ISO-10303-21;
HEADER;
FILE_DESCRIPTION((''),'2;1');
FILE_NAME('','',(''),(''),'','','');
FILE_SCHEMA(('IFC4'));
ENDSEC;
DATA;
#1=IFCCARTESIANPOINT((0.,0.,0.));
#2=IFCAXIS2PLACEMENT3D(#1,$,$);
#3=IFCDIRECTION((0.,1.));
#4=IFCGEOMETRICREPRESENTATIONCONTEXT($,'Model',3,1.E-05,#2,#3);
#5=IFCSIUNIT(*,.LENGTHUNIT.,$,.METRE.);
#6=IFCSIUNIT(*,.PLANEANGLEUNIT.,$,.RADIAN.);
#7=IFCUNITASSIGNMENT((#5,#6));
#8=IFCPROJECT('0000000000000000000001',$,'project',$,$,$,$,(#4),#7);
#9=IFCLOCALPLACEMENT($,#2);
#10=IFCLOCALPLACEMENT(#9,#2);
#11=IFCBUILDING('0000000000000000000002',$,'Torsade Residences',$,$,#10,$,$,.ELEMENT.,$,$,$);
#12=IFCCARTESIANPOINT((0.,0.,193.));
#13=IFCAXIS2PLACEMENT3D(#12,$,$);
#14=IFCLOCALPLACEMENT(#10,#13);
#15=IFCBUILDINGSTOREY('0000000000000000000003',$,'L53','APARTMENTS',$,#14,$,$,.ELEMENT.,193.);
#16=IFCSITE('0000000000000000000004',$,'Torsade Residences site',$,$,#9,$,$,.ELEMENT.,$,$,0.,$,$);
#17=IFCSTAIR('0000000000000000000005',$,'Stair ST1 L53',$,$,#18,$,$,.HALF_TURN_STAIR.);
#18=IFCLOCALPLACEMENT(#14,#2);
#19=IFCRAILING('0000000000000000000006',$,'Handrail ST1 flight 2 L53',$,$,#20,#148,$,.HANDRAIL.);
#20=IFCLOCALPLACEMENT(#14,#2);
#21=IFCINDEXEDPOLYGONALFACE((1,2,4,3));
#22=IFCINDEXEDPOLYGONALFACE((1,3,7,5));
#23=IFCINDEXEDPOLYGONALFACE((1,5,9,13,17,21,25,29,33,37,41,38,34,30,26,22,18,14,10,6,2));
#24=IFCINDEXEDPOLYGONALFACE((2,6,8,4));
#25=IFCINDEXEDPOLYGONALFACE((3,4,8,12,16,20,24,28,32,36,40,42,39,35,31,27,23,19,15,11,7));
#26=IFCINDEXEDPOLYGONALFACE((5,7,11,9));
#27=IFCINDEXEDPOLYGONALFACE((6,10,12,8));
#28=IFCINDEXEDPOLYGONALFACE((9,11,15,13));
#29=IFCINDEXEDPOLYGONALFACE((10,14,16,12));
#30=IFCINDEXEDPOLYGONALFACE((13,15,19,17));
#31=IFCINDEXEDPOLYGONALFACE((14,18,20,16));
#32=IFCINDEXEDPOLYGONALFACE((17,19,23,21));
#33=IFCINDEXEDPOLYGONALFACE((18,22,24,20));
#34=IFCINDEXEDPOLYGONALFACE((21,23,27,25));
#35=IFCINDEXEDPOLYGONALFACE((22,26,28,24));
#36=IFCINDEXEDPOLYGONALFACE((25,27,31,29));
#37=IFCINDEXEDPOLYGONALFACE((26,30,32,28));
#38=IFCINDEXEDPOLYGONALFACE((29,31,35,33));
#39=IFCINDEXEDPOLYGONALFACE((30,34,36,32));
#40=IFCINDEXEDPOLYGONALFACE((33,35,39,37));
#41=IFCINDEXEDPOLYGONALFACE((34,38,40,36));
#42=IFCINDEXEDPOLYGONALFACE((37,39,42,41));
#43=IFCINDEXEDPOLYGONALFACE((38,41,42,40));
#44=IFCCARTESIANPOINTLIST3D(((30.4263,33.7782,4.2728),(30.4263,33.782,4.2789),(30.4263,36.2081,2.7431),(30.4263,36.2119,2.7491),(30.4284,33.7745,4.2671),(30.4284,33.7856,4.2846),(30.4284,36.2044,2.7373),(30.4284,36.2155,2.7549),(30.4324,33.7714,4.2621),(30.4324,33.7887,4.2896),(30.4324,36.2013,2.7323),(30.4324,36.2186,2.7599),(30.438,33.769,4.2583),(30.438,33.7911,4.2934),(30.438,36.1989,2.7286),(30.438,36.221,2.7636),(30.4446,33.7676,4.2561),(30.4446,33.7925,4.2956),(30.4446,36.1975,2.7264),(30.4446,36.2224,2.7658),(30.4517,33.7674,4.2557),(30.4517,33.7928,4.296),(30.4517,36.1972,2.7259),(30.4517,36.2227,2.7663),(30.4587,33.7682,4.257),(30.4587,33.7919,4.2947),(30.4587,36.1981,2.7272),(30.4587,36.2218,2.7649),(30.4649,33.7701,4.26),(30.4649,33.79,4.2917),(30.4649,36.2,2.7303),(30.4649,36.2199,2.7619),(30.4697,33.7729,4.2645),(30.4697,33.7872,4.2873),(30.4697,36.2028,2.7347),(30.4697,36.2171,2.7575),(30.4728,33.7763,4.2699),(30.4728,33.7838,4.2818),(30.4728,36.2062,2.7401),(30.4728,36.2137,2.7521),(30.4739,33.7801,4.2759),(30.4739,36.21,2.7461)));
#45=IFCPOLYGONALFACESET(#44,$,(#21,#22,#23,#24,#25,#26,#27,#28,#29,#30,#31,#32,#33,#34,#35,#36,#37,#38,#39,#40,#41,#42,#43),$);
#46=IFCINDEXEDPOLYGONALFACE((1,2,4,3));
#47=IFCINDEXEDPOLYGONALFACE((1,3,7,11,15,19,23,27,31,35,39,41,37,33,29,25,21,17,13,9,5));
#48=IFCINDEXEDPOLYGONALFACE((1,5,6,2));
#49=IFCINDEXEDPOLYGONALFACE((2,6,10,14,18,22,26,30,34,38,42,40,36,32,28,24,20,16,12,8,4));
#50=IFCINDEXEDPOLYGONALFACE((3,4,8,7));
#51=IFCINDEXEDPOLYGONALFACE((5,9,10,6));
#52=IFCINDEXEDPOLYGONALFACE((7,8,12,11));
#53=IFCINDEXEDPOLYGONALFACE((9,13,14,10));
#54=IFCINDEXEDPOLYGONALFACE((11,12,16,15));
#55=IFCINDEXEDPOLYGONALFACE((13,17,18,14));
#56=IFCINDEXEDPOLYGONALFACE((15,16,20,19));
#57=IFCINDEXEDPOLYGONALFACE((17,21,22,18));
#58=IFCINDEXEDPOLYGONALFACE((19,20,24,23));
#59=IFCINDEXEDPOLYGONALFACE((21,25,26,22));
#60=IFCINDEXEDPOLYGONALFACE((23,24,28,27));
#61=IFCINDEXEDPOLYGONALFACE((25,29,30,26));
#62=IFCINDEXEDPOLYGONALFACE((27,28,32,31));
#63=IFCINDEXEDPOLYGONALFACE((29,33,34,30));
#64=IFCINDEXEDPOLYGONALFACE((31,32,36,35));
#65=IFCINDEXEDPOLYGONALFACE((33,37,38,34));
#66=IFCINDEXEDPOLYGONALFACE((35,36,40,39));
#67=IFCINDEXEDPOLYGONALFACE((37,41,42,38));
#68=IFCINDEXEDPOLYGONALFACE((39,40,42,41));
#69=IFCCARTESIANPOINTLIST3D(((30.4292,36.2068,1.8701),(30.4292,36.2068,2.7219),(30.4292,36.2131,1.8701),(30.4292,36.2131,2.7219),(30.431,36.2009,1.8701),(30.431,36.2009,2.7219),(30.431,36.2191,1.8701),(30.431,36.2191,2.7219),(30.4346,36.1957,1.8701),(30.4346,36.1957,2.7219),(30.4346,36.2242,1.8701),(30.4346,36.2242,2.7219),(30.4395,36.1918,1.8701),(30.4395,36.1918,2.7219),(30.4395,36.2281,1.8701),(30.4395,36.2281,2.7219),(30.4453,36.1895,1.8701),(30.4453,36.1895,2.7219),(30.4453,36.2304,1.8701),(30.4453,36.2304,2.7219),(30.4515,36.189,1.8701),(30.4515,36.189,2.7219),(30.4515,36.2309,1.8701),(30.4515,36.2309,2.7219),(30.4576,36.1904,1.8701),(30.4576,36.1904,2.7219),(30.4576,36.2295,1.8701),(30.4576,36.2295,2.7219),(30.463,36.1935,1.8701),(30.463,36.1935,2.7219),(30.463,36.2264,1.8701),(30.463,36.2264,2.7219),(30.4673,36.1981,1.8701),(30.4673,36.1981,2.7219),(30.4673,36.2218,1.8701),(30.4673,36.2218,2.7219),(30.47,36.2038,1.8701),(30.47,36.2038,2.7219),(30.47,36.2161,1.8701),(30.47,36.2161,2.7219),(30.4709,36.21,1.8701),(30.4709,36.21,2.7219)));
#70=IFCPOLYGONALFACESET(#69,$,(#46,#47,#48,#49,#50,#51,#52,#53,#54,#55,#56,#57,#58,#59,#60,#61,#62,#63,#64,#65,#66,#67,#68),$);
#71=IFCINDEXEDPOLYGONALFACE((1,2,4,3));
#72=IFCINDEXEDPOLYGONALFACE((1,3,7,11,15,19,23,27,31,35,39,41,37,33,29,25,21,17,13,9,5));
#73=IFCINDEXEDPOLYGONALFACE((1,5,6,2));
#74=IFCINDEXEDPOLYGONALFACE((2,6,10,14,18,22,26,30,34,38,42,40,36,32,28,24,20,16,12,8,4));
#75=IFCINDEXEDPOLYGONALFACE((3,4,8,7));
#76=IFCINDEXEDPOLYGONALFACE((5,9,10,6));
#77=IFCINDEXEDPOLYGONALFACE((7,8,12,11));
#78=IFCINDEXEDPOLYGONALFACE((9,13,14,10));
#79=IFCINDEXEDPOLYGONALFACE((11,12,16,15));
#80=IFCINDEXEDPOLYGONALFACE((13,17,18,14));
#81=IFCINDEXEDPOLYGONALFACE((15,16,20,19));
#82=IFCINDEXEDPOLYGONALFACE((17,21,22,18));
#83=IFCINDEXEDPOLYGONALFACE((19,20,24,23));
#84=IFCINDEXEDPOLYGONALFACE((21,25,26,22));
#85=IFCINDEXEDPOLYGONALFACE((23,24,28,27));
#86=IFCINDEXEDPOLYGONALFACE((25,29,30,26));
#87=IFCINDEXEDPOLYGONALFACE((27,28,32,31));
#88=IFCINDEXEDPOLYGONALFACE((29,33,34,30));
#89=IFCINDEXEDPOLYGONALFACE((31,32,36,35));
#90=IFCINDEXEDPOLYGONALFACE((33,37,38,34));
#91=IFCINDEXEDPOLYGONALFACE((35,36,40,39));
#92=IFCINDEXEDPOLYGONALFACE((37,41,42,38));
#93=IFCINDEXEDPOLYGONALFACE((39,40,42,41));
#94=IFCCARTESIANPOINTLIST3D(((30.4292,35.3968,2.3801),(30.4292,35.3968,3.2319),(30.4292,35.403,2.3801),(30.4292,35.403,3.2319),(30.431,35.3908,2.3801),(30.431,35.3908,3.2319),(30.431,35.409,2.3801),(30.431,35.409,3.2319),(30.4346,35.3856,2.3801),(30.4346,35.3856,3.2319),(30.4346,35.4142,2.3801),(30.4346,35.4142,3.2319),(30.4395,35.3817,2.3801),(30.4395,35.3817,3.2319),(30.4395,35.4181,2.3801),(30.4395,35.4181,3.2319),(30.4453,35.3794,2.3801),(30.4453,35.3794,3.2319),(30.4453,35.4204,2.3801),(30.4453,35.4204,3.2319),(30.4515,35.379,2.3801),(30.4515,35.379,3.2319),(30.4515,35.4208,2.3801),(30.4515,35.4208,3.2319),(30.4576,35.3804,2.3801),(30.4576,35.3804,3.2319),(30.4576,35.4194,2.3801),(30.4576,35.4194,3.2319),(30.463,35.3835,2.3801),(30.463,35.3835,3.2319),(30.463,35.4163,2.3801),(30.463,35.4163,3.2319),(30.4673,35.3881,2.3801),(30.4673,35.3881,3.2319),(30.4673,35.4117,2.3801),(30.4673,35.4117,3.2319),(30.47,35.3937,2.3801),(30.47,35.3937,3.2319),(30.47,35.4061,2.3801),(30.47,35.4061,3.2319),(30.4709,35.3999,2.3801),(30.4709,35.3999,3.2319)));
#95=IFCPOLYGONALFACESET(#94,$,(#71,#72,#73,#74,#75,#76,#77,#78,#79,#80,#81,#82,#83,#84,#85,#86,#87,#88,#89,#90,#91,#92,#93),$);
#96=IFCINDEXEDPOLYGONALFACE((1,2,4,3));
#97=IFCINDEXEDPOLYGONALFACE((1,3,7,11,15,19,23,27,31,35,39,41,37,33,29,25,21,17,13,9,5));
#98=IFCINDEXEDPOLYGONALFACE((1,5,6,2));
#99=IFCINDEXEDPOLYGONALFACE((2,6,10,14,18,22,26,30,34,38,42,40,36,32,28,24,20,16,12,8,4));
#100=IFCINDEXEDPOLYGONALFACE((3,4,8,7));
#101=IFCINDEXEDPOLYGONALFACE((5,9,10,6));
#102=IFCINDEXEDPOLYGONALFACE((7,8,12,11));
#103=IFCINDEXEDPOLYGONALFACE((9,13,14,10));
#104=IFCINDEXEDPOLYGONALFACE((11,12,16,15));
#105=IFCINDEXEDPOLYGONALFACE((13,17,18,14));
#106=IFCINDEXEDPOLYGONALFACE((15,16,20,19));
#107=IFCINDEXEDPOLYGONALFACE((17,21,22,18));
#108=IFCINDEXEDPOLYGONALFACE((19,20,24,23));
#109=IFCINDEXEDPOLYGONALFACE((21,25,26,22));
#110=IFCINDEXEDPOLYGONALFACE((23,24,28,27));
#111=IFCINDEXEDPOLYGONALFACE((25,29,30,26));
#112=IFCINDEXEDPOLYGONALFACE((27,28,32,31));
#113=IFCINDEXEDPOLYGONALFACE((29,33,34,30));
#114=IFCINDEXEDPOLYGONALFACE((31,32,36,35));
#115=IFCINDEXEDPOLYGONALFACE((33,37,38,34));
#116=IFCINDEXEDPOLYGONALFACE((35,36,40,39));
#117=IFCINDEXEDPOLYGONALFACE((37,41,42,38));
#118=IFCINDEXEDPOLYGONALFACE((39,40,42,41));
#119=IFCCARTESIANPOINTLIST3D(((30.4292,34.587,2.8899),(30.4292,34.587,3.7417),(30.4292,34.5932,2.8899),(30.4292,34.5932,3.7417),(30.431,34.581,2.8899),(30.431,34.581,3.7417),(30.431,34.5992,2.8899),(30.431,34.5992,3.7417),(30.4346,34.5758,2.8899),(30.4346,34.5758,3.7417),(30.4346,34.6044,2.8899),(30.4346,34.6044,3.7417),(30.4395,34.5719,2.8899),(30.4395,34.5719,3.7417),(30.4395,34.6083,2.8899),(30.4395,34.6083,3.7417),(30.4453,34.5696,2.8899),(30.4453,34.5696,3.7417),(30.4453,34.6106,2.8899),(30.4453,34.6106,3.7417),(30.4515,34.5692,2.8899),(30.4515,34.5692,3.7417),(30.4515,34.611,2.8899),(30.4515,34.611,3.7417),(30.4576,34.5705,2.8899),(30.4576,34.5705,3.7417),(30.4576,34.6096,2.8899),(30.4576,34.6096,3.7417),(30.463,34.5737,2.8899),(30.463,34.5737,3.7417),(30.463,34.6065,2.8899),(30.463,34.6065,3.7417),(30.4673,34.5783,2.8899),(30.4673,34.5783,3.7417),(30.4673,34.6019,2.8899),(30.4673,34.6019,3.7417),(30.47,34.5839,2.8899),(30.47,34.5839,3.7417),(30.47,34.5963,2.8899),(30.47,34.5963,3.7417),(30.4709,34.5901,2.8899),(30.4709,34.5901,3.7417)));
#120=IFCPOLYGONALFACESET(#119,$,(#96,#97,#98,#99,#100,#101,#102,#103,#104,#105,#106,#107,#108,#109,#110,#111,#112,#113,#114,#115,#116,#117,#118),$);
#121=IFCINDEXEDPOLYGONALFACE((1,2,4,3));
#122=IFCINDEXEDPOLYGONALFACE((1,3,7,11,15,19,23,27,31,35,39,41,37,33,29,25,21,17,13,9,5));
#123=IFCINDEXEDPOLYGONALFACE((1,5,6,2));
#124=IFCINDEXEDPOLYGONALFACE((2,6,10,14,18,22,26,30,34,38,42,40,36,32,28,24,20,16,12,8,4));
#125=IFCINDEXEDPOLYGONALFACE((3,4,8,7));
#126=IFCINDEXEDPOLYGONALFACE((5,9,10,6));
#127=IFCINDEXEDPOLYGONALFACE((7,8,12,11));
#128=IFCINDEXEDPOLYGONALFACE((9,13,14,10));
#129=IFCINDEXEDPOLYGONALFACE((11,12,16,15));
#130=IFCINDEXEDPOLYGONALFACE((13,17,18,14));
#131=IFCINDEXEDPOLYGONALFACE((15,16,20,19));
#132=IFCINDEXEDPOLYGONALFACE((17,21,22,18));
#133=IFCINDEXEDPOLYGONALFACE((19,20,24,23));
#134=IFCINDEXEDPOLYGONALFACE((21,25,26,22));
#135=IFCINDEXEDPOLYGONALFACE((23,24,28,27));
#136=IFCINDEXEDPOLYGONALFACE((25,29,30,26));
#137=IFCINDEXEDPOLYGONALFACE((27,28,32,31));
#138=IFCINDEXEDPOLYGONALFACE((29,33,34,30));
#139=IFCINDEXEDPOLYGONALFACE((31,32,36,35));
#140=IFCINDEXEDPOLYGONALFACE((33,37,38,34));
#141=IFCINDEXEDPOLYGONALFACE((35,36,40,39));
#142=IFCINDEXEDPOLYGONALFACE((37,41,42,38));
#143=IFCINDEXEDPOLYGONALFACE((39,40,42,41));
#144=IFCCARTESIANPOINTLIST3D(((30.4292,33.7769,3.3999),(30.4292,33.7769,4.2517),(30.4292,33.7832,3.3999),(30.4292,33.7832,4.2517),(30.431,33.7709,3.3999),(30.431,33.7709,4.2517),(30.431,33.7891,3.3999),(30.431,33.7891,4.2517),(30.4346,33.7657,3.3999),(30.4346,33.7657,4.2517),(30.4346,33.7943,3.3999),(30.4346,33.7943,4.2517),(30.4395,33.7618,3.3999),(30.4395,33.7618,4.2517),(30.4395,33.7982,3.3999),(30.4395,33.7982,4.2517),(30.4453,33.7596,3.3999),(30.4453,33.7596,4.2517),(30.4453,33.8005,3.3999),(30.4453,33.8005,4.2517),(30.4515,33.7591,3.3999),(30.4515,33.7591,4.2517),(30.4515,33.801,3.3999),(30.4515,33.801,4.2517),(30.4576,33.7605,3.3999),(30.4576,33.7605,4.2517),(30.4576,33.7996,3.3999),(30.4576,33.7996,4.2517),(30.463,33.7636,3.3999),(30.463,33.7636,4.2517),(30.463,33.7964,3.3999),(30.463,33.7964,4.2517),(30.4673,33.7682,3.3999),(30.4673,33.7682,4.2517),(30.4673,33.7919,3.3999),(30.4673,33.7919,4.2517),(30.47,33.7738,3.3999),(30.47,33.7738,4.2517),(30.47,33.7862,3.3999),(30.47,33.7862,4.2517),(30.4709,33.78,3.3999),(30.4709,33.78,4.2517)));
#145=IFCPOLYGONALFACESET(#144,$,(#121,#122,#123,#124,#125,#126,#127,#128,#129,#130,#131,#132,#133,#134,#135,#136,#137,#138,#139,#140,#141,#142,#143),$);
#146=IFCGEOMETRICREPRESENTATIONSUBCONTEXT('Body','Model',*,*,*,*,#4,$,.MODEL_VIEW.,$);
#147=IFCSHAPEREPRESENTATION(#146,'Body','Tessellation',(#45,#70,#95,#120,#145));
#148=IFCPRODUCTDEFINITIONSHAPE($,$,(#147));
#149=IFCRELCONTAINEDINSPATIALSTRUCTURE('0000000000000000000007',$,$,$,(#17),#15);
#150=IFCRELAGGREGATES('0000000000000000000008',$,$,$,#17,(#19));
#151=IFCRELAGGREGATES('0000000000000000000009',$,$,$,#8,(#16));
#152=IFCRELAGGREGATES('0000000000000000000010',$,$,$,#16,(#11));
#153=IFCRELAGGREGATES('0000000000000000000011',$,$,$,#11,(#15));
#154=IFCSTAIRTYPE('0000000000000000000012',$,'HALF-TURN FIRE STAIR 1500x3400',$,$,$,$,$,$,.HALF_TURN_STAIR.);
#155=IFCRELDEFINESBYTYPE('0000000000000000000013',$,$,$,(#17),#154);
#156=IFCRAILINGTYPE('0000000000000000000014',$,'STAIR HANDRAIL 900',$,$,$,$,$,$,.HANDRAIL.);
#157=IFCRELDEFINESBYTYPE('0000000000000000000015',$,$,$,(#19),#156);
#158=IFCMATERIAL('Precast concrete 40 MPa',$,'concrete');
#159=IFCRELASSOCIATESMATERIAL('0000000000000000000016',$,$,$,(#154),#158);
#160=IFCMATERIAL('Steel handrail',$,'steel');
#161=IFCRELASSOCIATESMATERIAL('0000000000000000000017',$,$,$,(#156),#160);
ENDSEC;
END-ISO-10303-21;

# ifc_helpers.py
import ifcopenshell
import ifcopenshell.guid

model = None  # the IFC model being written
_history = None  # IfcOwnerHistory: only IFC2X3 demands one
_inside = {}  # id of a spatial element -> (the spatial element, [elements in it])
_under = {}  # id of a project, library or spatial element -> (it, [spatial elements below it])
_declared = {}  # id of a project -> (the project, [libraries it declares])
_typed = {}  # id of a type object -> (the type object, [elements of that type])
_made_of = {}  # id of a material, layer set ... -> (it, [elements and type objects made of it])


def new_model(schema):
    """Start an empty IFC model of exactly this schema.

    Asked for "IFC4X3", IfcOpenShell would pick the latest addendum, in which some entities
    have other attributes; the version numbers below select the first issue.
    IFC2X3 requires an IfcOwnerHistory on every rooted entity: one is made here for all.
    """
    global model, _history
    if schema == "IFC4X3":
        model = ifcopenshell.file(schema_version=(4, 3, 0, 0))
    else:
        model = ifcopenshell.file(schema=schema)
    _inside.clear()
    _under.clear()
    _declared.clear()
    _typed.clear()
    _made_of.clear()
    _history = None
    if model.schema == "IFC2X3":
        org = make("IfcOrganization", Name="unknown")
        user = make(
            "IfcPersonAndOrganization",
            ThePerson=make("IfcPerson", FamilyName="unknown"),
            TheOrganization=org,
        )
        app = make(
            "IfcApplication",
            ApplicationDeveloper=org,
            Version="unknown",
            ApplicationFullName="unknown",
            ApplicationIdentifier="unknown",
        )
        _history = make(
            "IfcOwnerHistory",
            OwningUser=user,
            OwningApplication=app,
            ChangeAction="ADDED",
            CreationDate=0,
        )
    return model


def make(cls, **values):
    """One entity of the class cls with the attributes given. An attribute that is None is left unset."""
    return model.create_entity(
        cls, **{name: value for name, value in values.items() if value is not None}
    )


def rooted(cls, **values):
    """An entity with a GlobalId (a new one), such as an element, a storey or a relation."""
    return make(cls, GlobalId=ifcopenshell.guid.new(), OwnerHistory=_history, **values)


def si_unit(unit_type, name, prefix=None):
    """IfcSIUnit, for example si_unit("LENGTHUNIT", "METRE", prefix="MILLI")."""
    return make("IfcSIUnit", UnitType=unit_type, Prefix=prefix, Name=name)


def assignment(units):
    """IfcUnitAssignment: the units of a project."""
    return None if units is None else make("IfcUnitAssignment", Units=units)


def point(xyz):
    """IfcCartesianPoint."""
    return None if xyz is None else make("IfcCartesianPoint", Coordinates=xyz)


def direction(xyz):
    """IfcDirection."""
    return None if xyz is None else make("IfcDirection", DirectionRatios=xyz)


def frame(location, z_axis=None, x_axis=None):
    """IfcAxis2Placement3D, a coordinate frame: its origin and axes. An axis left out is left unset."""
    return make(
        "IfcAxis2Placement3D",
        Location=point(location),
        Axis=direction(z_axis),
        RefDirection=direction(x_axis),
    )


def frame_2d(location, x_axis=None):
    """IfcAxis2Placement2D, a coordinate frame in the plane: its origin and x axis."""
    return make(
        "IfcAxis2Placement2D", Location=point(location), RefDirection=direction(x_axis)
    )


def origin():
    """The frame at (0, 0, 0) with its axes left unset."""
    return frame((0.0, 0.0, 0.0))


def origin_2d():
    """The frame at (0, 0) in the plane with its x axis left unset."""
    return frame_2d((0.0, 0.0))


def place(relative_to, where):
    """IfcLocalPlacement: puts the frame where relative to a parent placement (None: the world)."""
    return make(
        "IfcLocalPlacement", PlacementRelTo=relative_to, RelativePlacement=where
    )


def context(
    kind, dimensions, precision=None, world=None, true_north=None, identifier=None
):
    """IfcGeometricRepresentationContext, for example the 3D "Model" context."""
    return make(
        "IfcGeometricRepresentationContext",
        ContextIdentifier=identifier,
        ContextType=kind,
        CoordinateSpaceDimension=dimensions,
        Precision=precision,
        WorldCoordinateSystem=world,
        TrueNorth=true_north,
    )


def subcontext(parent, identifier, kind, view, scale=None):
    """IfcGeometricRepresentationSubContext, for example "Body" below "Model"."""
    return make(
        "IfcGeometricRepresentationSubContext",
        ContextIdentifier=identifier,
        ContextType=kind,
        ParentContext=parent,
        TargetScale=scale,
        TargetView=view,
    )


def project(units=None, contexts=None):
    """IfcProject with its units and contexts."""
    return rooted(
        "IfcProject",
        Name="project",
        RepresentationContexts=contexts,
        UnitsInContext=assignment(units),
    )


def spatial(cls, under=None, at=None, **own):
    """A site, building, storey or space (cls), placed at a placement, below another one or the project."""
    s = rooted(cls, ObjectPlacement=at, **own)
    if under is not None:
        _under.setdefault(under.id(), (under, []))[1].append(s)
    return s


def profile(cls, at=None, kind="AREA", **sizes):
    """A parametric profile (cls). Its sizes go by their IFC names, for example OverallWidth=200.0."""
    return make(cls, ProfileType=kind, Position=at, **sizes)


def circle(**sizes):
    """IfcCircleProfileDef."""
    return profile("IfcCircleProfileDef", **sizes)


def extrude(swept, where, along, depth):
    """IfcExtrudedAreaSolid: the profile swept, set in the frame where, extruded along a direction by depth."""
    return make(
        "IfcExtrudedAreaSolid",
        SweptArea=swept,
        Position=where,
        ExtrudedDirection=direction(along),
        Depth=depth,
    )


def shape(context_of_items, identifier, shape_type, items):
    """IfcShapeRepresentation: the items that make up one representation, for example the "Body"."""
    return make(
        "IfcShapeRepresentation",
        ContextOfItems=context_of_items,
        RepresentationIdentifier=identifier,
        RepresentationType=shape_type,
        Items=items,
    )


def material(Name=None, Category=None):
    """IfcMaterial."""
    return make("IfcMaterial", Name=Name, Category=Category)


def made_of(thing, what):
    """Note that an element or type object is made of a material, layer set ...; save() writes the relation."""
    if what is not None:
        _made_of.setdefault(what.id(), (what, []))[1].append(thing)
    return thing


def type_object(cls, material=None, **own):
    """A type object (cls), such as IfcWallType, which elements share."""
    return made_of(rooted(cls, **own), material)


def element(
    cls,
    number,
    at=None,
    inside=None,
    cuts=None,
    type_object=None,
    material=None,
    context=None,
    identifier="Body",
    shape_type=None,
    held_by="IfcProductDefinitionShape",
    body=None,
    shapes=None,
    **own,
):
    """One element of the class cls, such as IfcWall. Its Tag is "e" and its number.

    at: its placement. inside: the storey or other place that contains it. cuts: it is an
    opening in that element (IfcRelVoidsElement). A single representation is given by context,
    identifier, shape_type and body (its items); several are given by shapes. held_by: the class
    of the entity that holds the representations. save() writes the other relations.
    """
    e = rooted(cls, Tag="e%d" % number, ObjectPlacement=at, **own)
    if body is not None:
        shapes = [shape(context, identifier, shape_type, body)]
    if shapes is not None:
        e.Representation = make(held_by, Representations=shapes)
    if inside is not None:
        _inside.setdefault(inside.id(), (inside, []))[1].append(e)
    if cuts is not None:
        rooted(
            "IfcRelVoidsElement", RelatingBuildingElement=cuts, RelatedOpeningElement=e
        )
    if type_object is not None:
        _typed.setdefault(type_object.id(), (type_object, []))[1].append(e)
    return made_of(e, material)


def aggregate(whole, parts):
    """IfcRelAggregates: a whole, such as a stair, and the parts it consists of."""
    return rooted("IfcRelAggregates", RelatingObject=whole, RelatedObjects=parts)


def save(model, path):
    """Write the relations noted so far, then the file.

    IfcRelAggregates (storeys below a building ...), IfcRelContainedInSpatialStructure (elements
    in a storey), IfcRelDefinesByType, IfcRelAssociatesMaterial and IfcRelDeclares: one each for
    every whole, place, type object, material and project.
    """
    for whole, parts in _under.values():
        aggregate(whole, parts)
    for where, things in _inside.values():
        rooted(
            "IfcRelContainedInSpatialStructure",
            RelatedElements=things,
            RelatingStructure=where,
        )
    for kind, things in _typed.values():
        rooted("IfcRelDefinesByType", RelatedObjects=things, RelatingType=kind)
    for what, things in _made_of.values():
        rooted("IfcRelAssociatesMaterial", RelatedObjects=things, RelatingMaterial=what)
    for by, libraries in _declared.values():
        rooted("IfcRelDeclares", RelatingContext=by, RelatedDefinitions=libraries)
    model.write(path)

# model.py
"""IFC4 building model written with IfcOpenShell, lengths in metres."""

from ifc_helpers import new_model, si_unit, direction, frame, origin, origin_2d, place, context, subcontext, project, spatial, circle, extrude, material, type_object, element, aggregate, save


model = new_model("IFC4")

# Units and contexts
model_context = context("Model", 3, precision=1e-05, world=origin(), true_north=direction((0.0, 1.0)))
body_context = subcontext(model_context, "Body", "Model", "MODEL_VIEW")
ifc_project = project(units=[si_unit("LENGTHUNIT", "METRE"), si_unit("PLANEANGLEUNIT", "RADIAN")], contexts=[model_context])

# Site, building, storey
site_placement = place(None, origin())
site = spatial("IfcSite", under=ifc_project, at=site_placement, Name="Torsade Residences site", CompositionType="ELEMENT", RefElevation=0.0)
building_placement = place(site_placement, origin())
building = spatial("IfcBuilding", under=site, at=building_placement, Name="Torsade Residences", CompositionType="ELEMENT")
storey_placement = place(building_placement, frame((0.0, 0.0, 193.0)))
storey = spatial("IfcBuildingStorey", under=building, at=storey_placement, Name="L53", Description="APARTMENTS", CompositionType="ELEMENT", Elevation=193.0)

# Stair, railing
ifc_material_1 = material(Name="Precast concrete 40 MPa", Category="concrete")
stair_type = type_object("IfcStairType", Name="HALF-TURN FIRE STAIR 1500x3400", PredefinedType="HALF_TURN_STAIR", material=ifc_material_1)
stair_placement = place(storey_placement, origin())
stair = element("IfcStair", 1, at=stair_placement, inside=storey, type_object=stair_type, Name="Stair ST1 L53", PredefinedType="HALF_TURN_STAIR")
ifc_material_2 = material(Name="Steel handrail", Category="steel")
railing_type = type_object("IfcRailingType", Name="STAIR HANDRAIL 900", PredefinedType="HANDRAIL", material=ifc_material_2)
railing_1_placement = place(storey_placement, frame((30.45, 36.21, 1.8701)))
railing_1 = element("IfcRailing", 2, at=railing_1_placement, type_object=railing_type, Name="Handrail ST1 flight 2 L53", PredefinedType="HANDRAIL", context=body_context, shape_type="SweptSolid", body=[
    extrude(circle(Radius=0.0239, at=origin_2d()), frame((0.0, 0.0, 0.876), z_axis=(0.0, -0.84626, 0.53277), x_axis=(1.0, 0.0, 0.0)), (0.0, 0.0, 1.0), 2.8713),
    extrude(circle(Radius=0.021, at=origin_2d()), origin(), (0.0, 0.0, 1.0), 0.8518),
    extrude(circle(Radius=0.021, at=origin_2d()), frame((0.0, -0.8101, 0.51)), (0.0, 0.0, 1.0), 0.8518),
    extrude(circle(Radius=0.021, at=origin_2d()), frame((0.0, -1.6199, 1.0198)), (0.0, 0.0, 1.0), 0.8518),
    extrude(circle(Radius=0.021, at=origin_2d()), frame((0.0, -2.4299, 1.5298)), (0.0, 0.0, 1.0), 0.8518),
])
aggregate(stair, [railing_1])

save(model, "model.ifc")
